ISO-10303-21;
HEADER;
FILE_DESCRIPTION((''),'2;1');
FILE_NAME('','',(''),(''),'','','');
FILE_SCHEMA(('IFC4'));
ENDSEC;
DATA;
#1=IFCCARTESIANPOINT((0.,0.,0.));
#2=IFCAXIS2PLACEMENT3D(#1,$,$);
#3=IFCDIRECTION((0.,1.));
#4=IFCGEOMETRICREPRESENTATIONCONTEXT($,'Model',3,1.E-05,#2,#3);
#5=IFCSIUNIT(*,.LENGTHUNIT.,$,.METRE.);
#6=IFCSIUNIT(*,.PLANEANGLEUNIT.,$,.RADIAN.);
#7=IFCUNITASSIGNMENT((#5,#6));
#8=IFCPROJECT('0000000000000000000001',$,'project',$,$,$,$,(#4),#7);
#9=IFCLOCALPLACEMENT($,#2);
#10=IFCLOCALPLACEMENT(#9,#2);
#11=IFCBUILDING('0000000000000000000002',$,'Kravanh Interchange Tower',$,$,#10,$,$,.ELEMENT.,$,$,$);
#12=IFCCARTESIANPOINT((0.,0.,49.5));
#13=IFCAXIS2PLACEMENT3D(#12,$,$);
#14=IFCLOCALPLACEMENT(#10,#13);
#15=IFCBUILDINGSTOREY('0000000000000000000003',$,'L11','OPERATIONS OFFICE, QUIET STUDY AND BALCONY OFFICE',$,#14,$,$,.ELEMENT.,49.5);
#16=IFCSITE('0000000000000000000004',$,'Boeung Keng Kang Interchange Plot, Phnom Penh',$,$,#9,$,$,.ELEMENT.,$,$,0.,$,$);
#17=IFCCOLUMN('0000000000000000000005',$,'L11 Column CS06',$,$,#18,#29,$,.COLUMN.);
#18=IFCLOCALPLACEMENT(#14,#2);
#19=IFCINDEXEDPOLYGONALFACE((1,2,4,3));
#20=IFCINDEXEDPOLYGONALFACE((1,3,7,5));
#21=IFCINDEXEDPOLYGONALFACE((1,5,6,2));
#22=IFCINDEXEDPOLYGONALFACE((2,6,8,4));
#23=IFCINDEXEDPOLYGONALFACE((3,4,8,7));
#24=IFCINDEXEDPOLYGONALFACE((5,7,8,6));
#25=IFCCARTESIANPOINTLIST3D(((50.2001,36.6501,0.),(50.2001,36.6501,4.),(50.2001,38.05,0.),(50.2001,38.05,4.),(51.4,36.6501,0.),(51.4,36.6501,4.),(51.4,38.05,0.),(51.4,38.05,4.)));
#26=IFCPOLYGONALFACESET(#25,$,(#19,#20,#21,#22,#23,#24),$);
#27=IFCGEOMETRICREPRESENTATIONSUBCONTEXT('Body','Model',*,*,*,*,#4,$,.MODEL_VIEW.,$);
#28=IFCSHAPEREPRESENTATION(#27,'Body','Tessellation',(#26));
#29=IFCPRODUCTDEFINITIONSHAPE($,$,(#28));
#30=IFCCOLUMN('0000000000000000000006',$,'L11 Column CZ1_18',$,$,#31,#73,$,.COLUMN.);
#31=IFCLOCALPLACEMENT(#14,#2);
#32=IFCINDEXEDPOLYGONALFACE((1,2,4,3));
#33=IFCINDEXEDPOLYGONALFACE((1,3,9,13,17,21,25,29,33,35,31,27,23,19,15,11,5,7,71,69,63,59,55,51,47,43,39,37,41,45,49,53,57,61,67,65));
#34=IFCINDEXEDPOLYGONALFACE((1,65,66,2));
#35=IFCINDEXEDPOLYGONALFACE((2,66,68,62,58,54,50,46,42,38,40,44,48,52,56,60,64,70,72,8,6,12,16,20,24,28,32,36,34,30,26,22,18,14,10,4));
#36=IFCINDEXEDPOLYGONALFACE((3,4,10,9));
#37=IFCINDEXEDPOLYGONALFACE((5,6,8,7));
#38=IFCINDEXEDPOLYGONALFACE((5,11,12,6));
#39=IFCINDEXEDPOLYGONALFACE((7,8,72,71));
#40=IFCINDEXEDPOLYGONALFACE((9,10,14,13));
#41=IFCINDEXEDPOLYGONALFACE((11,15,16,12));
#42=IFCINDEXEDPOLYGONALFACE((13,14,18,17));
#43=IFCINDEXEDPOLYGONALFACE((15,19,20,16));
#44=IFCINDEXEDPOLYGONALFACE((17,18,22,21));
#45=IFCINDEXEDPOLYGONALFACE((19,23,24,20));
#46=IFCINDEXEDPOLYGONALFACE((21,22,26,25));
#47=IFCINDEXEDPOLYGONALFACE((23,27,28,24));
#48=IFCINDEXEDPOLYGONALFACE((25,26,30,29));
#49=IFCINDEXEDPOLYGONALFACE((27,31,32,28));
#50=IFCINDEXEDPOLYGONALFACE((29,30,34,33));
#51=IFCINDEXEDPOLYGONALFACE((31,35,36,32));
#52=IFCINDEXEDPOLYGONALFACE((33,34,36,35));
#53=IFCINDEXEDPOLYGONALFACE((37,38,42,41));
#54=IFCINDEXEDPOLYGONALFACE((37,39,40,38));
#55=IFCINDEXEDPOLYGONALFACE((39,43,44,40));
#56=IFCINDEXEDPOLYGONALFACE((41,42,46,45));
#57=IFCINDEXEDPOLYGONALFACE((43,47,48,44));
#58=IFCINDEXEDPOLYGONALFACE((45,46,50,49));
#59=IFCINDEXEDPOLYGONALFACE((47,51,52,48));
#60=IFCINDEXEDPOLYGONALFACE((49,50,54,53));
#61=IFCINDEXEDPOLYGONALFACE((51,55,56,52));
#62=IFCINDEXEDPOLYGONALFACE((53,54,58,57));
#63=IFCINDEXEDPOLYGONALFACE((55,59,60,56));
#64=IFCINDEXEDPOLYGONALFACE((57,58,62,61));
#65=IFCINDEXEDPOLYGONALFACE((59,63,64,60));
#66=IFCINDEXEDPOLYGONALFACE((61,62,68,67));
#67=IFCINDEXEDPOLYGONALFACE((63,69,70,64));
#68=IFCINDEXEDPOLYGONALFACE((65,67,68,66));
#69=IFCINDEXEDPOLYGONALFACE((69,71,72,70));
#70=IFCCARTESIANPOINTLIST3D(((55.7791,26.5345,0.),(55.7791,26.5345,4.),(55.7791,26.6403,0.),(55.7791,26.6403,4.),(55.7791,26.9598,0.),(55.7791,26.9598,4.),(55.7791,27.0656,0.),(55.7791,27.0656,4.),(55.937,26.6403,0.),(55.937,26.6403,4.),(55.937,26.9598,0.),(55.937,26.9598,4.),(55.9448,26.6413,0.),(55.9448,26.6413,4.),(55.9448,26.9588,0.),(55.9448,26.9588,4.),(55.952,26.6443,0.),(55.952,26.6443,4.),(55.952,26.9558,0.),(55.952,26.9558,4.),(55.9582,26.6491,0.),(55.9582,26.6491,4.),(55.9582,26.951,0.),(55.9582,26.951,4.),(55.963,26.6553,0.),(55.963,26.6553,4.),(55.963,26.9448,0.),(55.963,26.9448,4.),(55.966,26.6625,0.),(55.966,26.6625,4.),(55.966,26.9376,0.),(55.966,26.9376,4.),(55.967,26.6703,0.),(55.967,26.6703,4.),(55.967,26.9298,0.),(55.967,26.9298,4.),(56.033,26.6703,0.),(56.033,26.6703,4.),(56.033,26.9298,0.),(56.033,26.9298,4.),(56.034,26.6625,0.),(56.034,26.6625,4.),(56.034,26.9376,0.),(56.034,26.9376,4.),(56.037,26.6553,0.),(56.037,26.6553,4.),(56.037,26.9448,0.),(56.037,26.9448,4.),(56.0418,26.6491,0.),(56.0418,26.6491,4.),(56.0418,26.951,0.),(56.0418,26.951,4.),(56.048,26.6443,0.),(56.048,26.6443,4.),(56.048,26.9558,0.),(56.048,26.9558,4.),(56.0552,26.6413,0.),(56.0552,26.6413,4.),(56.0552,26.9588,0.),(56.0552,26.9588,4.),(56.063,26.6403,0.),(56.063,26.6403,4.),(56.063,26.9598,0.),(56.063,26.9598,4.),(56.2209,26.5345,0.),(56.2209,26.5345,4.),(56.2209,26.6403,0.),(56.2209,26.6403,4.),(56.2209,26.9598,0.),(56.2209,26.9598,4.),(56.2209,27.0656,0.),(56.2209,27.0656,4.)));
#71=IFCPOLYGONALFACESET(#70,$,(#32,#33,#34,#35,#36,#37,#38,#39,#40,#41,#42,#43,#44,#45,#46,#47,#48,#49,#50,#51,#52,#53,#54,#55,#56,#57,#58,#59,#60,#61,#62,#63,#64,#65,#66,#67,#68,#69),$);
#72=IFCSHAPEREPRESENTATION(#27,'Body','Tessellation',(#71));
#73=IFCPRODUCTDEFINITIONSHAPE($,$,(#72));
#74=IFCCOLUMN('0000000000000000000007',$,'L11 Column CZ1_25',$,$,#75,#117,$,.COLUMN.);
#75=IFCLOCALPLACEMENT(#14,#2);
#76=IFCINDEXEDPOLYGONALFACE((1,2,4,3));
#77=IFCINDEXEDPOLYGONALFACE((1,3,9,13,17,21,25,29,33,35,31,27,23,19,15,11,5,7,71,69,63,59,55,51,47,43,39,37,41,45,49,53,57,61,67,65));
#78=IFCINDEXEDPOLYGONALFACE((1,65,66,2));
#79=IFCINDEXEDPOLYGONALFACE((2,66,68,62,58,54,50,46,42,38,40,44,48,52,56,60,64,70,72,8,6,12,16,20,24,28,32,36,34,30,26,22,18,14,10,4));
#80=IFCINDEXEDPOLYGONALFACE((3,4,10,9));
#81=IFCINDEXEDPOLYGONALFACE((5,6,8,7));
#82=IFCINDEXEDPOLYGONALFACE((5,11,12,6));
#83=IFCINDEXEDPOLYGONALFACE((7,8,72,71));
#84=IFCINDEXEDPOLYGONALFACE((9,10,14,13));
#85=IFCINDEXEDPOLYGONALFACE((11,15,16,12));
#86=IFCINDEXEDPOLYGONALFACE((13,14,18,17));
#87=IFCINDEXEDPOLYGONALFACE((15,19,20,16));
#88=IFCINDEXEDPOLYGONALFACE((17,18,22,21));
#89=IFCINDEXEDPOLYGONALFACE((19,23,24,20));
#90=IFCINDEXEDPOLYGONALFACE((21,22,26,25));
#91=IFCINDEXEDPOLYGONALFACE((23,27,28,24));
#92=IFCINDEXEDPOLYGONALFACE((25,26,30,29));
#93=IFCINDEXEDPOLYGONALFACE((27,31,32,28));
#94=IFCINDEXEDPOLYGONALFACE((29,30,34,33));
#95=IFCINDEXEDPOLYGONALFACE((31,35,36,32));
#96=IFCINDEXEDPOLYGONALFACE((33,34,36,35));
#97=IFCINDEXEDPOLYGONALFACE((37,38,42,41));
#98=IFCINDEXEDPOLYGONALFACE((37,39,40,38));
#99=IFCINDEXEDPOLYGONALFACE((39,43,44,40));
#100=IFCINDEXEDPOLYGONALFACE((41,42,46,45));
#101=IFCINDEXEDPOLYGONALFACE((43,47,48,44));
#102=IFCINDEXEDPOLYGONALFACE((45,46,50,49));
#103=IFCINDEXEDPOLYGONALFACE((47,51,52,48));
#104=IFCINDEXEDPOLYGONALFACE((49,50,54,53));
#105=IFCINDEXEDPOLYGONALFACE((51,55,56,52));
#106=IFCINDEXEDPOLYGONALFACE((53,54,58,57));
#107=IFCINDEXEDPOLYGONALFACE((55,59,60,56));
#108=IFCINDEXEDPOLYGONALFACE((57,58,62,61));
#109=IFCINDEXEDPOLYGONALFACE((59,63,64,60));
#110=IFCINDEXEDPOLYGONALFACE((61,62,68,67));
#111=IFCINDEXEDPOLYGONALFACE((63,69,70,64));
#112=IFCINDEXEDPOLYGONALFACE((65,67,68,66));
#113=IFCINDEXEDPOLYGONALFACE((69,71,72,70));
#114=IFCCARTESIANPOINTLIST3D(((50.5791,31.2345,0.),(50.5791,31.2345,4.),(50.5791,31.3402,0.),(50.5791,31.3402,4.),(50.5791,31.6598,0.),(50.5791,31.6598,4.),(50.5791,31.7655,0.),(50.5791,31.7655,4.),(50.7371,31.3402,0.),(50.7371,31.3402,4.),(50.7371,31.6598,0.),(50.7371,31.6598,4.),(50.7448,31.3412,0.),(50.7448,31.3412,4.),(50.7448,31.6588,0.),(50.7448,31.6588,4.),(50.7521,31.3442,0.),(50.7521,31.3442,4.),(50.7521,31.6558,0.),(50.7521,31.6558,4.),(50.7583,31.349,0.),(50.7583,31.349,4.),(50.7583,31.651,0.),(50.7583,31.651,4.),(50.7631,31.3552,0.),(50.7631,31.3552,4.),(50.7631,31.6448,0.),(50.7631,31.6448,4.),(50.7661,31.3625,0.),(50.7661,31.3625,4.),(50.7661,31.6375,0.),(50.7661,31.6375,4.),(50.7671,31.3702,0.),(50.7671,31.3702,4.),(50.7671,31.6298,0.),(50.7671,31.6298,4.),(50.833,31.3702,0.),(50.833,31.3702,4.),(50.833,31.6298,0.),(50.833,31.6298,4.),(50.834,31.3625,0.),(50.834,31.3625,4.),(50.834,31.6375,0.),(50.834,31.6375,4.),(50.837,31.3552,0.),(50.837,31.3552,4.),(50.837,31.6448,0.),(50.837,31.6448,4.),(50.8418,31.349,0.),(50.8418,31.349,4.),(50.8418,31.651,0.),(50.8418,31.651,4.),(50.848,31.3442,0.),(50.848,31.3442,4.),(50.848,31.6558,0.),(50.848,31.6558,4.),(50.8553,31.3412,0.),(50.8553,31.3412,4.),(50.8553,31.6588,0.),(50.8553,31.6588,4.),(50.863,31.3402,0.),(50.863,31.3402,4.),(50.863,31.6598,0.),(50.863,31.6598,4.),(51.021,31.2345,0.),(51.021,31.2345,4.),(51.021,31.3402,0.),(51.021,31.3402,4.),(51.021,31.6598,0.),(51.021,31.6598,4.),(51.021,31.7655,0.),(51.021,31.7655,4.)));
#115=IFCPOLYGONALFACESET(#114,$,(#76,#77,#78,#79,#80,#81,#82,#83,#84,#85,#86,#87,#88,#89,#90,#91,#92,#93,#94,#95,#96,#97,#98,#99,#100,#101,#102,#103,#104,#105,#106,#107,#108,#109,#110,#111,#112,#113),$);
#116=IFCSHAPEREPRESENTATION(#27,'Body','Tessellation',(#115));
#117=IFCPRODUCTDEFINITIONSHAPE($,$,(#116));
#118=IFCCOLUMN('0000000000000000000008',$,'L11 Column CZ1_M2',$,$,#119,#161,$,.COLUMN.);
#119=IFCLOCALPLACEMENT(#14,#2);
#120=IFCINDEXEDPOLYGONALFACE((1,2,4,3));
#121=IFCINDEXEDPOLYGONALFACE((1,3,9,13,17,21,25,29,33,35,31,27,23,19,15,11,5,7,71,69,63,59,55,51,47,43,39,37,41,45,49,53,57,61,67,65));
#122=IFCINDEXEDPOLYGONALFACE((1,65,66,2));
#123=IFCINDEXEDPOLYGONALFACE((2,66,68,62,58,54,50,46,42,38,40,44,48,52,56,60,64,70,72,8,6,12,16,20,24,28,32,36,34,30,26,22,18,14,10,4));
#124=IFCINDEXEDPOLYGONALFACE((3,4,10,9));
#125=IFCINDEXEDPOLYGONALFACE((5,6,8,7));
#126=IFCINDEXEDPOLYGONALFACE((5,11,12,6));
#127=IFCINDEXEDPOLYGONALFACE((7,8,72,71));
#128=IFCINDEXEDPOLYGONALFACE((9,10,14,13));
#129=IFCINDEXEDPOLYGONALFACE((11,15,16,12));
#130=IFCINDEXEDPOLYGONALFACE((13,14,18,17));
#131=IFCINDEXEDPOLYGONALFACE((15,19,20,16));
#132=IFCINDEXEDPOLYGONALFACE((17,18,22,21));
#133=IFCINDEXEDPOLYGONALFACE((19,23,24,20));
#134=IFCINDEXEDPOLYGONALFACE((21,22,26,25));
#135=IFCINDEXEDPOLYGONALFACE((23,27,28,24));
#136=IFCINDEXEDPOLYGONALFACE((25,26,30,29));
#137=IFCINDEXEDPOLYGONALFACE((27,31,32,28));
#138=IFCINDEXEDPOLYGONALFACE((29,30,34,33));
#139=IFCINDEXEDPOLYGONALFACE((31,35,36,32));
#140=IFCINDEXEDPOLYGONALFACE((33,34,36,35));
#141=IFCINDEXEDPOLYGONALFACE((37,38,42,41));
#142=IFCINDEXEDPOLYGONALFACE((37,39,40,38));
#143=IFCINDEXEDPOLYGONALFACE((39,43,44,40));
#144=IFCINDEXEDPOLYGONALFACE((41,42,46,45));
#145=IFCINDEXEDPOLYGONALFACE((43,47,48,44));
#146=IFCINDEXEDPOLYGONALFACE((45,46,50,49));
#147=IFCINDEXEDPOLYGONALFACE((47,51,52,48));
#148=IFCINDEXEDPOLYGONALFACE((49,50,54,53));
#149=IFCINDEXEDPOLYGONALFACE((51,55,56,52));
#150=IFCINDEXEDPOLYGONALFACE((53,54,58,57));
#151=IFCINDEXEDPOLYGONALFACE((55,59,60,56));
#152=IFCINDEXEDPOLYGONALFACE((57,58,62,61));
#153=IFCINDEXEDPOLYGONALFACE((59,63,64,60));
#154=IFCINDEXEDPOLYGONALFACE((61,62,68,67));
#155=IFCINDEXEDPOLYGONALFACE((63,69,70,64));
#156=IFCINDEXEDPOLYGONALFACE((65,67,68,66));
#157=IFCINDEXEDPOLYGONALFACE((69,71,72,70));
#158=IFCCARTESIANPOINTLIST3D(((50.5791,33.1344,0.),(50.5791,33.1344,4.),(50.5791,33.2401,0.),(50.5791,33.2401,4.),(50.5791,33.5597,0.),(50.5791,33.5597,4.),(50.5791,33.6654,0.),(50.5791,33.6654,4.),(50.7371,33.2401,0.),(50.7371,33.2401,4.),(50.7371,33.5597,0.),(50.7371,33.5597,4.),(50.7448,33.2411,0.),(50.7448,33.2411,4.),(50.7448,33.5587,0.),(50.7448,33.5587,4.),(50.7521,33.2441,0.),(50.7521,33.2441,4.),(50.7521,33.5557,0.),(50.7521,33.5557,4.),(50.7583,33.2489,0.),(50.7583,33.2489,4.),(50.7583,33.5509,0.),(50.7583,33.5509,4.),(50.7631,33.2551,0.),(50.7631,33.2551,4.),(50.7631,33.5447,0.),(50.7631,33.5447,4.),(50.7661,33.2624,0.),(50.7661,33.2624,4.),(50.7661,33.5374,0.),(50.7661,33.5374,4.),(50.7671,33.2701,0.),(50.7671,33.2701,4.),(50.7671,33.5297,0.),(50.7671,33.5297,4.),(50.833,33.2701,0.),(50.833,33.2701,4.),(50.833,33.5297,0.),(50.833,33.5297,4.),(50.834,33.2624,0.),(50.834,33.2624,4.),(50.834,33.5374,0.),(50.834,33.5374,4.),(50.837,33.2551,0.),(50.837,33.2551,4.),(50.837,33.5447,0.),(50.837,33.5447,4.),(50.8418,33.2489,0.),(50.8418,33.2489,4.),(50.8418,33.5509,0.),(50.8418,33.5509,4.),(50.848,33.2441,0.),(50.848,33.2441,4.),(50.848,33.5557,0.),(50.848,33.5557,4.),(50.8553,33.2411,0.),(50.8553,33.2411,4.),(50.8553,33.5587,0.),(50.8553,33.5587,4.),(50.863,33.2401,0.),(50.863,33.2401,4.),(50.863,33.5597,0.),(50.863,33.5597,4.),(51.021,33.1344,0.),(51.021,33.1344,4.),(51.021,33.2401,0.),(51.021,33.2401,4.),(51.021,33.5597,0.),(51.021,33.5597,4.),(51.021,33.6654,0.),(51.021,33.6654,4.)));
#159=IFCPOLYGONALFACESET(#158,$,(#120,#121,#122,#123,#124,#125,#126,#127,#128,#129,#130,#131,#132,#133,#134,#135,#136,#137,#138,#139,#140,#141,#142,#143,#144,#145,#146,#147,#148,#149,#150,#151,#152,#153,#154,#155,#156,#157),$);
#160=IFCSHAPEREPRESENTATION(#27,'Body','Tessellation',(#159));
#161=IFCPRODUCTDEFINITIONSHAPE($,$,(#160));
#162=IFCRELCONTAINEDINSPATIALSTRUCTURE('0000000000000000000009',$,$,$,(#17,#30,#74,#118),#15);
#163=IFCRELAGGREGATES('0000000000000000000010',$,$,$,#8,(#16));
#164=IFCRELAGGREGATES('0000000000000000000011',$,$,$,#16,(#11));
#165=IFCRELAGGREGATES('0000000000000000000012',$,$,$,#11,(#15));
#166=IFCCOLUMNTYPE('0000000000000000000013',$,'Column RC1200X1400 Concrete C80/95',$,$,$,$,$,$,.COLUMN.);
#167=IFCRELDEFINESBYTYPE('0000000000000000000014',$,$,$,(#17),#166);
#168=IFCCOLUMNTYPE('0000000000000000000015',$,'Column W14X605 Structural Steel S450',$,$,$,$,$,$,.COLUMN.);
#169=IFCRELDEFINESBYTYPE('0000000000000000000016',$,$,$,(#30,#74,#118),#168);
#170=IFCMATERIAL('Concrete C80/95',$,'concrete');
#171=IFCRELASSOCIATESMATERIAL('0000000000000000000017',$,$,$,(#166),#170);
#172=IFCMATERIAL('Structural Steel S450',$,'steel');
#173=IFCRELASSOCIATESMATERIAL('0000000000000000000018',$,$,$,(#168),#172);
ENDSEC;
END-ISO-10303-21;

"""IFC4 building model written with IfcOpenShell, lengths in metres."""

from ifc_helpers import new_model, si_unit, direction, frame, origin, origin_2d, place, context, subcontext, project, spatial, rectangle, i_section, extrude, material, material_profile, profile_set, type_object, element, save


model = new_model("IFC4")

# Units and contexts
model_context = context("Model", 3, precision=1e-05, world=origin(), true_north=direction((0.0, 1.0)))
body_context = subcontext(model_context, "Body", "Model", "MODEL_VIEW")
ifc_project = project(units=[si_unit("LENGTHUNIT", "METRE"), si_unit("PLANEANGLEUNIT", "RADIAN")], contexts=[model_context])

# Site, building, storey
site_placement = place(None, origin())
site = spatial("IfcSite", under=ifc_project, at=site_placement, Name="Boeung Keng Kang Interchange Plot, Phnom Penh", CompositionType="ELEMENT", RefElevation=0.0)
building_placement = place(site_placement, origin())
building = spatial("IfcBuilding", under=site, at=building_placement, Name="Kravanh Interchange Tower", CompositionType="ELEMENT")
storey_placement = place(building_placement, frame((0.0, 0.0, 49.5)))
storey = spatial("IfcBuildingStorey", under=building, at=storey_placement, Name="L11", Description="OPERATIONS OFFICE, QUIET STUDY AND BALCONY OFFICE", CompositionType="ELEMENT", Elevation=49.5)

# Columns
ifc_material_1 = material(Name="Concrete C80/95", Category="concrete")
ifc_material_profile_1 = material_profile(ifc_material_1, rectangle(XDim=1.2, YDim=1.3999, at=origin_2d()), Name="RC1200X1400")
ifc_profile_set_1 = profile_set([ifc_material_profile_1], Name="Concrete C80/95")
column_type_1 = type_object("IfcColumnType", Name="Column RC1200X1400 Concrete C80/95", PredefinedType="COLUMN", material=ifc_profile_set_1)
column_placement = place(storey_placement, frame((50.8, 37.3501, 0.0), z_axis=(0.0, 0.0, 1.0), x_axis=(1.0, 0.0, 0.0)))
element("IfcColumn", 1, at=column_placement, inside=storey, type_object=column_type_1, Name="L11 Column CS06", PredefinedType="COLUMN", context=body_context, shape_type="SweptSolid", body=[
    extrude(rectangle(XDim=1.2, YDim=1.3999, at=origin_2d()), origin(), (0.0, 0.0, 1.0), 4.0),
])
ifc_material_2 = material(Name="Structural Steel S450", Category="steel")
ifc_material_profile_2 = material_profile(ifc_material_2, i_section(OverallWidth=0.4419, OverallDepth=0.531, WebThickness=0.0659, FlangeThickness=0.1057, FilletRadius=0.03, at=origin_2d()), Name="W14X605")
ifc_profile_set_2 = profile_set([ifc_material_profile_2], Name="Structural Steel S450")
column_type_2 = type_object("IfcColumnType", Name="Column W14X605 Structural Steel S450", PredefinedType="COLUMN", material=ifc_profile_set_2)
for number, where, z_axis, x_axis, name in (
    (2, (56.0, 26.8, 0.0), (0.0, 0.0, 1.0), (1.0, 0.0, 0.0), "L11 Column CZ1_18"),
    (3, (50.8, 31.5, 0.0), (0.0, 0.0, 1.0), (1.0, 0.0, 0.0), "L11 Column CZ1_25"),
    (4, (50.8, 33.3999, 0.0), (0.0, 0.0, 1.0), (1.0, 0.0, 0.0), "L11 Column CZ1_M2"),
):
    element("IfcColumn", number, at=place(storey_placement, frame(where, z_axis=z_axis, x_axis=x_axis)), inside=storey, type_object=column_type_2, Name=name, PredefinedType="COLUMN", context=body_context, shape_type="SweptSolid", body=[
        extrude(i_section(OverallWidth=0.4419, OverallDepth=0.531, WebThickness=0.0659, FlangeThickness=0.1057, FilletRadius=0.03, at=origin_2d()), origin(), (0.0, 0.0, 1.0), 4.0),
    ])

save(model, "model.ifc")
